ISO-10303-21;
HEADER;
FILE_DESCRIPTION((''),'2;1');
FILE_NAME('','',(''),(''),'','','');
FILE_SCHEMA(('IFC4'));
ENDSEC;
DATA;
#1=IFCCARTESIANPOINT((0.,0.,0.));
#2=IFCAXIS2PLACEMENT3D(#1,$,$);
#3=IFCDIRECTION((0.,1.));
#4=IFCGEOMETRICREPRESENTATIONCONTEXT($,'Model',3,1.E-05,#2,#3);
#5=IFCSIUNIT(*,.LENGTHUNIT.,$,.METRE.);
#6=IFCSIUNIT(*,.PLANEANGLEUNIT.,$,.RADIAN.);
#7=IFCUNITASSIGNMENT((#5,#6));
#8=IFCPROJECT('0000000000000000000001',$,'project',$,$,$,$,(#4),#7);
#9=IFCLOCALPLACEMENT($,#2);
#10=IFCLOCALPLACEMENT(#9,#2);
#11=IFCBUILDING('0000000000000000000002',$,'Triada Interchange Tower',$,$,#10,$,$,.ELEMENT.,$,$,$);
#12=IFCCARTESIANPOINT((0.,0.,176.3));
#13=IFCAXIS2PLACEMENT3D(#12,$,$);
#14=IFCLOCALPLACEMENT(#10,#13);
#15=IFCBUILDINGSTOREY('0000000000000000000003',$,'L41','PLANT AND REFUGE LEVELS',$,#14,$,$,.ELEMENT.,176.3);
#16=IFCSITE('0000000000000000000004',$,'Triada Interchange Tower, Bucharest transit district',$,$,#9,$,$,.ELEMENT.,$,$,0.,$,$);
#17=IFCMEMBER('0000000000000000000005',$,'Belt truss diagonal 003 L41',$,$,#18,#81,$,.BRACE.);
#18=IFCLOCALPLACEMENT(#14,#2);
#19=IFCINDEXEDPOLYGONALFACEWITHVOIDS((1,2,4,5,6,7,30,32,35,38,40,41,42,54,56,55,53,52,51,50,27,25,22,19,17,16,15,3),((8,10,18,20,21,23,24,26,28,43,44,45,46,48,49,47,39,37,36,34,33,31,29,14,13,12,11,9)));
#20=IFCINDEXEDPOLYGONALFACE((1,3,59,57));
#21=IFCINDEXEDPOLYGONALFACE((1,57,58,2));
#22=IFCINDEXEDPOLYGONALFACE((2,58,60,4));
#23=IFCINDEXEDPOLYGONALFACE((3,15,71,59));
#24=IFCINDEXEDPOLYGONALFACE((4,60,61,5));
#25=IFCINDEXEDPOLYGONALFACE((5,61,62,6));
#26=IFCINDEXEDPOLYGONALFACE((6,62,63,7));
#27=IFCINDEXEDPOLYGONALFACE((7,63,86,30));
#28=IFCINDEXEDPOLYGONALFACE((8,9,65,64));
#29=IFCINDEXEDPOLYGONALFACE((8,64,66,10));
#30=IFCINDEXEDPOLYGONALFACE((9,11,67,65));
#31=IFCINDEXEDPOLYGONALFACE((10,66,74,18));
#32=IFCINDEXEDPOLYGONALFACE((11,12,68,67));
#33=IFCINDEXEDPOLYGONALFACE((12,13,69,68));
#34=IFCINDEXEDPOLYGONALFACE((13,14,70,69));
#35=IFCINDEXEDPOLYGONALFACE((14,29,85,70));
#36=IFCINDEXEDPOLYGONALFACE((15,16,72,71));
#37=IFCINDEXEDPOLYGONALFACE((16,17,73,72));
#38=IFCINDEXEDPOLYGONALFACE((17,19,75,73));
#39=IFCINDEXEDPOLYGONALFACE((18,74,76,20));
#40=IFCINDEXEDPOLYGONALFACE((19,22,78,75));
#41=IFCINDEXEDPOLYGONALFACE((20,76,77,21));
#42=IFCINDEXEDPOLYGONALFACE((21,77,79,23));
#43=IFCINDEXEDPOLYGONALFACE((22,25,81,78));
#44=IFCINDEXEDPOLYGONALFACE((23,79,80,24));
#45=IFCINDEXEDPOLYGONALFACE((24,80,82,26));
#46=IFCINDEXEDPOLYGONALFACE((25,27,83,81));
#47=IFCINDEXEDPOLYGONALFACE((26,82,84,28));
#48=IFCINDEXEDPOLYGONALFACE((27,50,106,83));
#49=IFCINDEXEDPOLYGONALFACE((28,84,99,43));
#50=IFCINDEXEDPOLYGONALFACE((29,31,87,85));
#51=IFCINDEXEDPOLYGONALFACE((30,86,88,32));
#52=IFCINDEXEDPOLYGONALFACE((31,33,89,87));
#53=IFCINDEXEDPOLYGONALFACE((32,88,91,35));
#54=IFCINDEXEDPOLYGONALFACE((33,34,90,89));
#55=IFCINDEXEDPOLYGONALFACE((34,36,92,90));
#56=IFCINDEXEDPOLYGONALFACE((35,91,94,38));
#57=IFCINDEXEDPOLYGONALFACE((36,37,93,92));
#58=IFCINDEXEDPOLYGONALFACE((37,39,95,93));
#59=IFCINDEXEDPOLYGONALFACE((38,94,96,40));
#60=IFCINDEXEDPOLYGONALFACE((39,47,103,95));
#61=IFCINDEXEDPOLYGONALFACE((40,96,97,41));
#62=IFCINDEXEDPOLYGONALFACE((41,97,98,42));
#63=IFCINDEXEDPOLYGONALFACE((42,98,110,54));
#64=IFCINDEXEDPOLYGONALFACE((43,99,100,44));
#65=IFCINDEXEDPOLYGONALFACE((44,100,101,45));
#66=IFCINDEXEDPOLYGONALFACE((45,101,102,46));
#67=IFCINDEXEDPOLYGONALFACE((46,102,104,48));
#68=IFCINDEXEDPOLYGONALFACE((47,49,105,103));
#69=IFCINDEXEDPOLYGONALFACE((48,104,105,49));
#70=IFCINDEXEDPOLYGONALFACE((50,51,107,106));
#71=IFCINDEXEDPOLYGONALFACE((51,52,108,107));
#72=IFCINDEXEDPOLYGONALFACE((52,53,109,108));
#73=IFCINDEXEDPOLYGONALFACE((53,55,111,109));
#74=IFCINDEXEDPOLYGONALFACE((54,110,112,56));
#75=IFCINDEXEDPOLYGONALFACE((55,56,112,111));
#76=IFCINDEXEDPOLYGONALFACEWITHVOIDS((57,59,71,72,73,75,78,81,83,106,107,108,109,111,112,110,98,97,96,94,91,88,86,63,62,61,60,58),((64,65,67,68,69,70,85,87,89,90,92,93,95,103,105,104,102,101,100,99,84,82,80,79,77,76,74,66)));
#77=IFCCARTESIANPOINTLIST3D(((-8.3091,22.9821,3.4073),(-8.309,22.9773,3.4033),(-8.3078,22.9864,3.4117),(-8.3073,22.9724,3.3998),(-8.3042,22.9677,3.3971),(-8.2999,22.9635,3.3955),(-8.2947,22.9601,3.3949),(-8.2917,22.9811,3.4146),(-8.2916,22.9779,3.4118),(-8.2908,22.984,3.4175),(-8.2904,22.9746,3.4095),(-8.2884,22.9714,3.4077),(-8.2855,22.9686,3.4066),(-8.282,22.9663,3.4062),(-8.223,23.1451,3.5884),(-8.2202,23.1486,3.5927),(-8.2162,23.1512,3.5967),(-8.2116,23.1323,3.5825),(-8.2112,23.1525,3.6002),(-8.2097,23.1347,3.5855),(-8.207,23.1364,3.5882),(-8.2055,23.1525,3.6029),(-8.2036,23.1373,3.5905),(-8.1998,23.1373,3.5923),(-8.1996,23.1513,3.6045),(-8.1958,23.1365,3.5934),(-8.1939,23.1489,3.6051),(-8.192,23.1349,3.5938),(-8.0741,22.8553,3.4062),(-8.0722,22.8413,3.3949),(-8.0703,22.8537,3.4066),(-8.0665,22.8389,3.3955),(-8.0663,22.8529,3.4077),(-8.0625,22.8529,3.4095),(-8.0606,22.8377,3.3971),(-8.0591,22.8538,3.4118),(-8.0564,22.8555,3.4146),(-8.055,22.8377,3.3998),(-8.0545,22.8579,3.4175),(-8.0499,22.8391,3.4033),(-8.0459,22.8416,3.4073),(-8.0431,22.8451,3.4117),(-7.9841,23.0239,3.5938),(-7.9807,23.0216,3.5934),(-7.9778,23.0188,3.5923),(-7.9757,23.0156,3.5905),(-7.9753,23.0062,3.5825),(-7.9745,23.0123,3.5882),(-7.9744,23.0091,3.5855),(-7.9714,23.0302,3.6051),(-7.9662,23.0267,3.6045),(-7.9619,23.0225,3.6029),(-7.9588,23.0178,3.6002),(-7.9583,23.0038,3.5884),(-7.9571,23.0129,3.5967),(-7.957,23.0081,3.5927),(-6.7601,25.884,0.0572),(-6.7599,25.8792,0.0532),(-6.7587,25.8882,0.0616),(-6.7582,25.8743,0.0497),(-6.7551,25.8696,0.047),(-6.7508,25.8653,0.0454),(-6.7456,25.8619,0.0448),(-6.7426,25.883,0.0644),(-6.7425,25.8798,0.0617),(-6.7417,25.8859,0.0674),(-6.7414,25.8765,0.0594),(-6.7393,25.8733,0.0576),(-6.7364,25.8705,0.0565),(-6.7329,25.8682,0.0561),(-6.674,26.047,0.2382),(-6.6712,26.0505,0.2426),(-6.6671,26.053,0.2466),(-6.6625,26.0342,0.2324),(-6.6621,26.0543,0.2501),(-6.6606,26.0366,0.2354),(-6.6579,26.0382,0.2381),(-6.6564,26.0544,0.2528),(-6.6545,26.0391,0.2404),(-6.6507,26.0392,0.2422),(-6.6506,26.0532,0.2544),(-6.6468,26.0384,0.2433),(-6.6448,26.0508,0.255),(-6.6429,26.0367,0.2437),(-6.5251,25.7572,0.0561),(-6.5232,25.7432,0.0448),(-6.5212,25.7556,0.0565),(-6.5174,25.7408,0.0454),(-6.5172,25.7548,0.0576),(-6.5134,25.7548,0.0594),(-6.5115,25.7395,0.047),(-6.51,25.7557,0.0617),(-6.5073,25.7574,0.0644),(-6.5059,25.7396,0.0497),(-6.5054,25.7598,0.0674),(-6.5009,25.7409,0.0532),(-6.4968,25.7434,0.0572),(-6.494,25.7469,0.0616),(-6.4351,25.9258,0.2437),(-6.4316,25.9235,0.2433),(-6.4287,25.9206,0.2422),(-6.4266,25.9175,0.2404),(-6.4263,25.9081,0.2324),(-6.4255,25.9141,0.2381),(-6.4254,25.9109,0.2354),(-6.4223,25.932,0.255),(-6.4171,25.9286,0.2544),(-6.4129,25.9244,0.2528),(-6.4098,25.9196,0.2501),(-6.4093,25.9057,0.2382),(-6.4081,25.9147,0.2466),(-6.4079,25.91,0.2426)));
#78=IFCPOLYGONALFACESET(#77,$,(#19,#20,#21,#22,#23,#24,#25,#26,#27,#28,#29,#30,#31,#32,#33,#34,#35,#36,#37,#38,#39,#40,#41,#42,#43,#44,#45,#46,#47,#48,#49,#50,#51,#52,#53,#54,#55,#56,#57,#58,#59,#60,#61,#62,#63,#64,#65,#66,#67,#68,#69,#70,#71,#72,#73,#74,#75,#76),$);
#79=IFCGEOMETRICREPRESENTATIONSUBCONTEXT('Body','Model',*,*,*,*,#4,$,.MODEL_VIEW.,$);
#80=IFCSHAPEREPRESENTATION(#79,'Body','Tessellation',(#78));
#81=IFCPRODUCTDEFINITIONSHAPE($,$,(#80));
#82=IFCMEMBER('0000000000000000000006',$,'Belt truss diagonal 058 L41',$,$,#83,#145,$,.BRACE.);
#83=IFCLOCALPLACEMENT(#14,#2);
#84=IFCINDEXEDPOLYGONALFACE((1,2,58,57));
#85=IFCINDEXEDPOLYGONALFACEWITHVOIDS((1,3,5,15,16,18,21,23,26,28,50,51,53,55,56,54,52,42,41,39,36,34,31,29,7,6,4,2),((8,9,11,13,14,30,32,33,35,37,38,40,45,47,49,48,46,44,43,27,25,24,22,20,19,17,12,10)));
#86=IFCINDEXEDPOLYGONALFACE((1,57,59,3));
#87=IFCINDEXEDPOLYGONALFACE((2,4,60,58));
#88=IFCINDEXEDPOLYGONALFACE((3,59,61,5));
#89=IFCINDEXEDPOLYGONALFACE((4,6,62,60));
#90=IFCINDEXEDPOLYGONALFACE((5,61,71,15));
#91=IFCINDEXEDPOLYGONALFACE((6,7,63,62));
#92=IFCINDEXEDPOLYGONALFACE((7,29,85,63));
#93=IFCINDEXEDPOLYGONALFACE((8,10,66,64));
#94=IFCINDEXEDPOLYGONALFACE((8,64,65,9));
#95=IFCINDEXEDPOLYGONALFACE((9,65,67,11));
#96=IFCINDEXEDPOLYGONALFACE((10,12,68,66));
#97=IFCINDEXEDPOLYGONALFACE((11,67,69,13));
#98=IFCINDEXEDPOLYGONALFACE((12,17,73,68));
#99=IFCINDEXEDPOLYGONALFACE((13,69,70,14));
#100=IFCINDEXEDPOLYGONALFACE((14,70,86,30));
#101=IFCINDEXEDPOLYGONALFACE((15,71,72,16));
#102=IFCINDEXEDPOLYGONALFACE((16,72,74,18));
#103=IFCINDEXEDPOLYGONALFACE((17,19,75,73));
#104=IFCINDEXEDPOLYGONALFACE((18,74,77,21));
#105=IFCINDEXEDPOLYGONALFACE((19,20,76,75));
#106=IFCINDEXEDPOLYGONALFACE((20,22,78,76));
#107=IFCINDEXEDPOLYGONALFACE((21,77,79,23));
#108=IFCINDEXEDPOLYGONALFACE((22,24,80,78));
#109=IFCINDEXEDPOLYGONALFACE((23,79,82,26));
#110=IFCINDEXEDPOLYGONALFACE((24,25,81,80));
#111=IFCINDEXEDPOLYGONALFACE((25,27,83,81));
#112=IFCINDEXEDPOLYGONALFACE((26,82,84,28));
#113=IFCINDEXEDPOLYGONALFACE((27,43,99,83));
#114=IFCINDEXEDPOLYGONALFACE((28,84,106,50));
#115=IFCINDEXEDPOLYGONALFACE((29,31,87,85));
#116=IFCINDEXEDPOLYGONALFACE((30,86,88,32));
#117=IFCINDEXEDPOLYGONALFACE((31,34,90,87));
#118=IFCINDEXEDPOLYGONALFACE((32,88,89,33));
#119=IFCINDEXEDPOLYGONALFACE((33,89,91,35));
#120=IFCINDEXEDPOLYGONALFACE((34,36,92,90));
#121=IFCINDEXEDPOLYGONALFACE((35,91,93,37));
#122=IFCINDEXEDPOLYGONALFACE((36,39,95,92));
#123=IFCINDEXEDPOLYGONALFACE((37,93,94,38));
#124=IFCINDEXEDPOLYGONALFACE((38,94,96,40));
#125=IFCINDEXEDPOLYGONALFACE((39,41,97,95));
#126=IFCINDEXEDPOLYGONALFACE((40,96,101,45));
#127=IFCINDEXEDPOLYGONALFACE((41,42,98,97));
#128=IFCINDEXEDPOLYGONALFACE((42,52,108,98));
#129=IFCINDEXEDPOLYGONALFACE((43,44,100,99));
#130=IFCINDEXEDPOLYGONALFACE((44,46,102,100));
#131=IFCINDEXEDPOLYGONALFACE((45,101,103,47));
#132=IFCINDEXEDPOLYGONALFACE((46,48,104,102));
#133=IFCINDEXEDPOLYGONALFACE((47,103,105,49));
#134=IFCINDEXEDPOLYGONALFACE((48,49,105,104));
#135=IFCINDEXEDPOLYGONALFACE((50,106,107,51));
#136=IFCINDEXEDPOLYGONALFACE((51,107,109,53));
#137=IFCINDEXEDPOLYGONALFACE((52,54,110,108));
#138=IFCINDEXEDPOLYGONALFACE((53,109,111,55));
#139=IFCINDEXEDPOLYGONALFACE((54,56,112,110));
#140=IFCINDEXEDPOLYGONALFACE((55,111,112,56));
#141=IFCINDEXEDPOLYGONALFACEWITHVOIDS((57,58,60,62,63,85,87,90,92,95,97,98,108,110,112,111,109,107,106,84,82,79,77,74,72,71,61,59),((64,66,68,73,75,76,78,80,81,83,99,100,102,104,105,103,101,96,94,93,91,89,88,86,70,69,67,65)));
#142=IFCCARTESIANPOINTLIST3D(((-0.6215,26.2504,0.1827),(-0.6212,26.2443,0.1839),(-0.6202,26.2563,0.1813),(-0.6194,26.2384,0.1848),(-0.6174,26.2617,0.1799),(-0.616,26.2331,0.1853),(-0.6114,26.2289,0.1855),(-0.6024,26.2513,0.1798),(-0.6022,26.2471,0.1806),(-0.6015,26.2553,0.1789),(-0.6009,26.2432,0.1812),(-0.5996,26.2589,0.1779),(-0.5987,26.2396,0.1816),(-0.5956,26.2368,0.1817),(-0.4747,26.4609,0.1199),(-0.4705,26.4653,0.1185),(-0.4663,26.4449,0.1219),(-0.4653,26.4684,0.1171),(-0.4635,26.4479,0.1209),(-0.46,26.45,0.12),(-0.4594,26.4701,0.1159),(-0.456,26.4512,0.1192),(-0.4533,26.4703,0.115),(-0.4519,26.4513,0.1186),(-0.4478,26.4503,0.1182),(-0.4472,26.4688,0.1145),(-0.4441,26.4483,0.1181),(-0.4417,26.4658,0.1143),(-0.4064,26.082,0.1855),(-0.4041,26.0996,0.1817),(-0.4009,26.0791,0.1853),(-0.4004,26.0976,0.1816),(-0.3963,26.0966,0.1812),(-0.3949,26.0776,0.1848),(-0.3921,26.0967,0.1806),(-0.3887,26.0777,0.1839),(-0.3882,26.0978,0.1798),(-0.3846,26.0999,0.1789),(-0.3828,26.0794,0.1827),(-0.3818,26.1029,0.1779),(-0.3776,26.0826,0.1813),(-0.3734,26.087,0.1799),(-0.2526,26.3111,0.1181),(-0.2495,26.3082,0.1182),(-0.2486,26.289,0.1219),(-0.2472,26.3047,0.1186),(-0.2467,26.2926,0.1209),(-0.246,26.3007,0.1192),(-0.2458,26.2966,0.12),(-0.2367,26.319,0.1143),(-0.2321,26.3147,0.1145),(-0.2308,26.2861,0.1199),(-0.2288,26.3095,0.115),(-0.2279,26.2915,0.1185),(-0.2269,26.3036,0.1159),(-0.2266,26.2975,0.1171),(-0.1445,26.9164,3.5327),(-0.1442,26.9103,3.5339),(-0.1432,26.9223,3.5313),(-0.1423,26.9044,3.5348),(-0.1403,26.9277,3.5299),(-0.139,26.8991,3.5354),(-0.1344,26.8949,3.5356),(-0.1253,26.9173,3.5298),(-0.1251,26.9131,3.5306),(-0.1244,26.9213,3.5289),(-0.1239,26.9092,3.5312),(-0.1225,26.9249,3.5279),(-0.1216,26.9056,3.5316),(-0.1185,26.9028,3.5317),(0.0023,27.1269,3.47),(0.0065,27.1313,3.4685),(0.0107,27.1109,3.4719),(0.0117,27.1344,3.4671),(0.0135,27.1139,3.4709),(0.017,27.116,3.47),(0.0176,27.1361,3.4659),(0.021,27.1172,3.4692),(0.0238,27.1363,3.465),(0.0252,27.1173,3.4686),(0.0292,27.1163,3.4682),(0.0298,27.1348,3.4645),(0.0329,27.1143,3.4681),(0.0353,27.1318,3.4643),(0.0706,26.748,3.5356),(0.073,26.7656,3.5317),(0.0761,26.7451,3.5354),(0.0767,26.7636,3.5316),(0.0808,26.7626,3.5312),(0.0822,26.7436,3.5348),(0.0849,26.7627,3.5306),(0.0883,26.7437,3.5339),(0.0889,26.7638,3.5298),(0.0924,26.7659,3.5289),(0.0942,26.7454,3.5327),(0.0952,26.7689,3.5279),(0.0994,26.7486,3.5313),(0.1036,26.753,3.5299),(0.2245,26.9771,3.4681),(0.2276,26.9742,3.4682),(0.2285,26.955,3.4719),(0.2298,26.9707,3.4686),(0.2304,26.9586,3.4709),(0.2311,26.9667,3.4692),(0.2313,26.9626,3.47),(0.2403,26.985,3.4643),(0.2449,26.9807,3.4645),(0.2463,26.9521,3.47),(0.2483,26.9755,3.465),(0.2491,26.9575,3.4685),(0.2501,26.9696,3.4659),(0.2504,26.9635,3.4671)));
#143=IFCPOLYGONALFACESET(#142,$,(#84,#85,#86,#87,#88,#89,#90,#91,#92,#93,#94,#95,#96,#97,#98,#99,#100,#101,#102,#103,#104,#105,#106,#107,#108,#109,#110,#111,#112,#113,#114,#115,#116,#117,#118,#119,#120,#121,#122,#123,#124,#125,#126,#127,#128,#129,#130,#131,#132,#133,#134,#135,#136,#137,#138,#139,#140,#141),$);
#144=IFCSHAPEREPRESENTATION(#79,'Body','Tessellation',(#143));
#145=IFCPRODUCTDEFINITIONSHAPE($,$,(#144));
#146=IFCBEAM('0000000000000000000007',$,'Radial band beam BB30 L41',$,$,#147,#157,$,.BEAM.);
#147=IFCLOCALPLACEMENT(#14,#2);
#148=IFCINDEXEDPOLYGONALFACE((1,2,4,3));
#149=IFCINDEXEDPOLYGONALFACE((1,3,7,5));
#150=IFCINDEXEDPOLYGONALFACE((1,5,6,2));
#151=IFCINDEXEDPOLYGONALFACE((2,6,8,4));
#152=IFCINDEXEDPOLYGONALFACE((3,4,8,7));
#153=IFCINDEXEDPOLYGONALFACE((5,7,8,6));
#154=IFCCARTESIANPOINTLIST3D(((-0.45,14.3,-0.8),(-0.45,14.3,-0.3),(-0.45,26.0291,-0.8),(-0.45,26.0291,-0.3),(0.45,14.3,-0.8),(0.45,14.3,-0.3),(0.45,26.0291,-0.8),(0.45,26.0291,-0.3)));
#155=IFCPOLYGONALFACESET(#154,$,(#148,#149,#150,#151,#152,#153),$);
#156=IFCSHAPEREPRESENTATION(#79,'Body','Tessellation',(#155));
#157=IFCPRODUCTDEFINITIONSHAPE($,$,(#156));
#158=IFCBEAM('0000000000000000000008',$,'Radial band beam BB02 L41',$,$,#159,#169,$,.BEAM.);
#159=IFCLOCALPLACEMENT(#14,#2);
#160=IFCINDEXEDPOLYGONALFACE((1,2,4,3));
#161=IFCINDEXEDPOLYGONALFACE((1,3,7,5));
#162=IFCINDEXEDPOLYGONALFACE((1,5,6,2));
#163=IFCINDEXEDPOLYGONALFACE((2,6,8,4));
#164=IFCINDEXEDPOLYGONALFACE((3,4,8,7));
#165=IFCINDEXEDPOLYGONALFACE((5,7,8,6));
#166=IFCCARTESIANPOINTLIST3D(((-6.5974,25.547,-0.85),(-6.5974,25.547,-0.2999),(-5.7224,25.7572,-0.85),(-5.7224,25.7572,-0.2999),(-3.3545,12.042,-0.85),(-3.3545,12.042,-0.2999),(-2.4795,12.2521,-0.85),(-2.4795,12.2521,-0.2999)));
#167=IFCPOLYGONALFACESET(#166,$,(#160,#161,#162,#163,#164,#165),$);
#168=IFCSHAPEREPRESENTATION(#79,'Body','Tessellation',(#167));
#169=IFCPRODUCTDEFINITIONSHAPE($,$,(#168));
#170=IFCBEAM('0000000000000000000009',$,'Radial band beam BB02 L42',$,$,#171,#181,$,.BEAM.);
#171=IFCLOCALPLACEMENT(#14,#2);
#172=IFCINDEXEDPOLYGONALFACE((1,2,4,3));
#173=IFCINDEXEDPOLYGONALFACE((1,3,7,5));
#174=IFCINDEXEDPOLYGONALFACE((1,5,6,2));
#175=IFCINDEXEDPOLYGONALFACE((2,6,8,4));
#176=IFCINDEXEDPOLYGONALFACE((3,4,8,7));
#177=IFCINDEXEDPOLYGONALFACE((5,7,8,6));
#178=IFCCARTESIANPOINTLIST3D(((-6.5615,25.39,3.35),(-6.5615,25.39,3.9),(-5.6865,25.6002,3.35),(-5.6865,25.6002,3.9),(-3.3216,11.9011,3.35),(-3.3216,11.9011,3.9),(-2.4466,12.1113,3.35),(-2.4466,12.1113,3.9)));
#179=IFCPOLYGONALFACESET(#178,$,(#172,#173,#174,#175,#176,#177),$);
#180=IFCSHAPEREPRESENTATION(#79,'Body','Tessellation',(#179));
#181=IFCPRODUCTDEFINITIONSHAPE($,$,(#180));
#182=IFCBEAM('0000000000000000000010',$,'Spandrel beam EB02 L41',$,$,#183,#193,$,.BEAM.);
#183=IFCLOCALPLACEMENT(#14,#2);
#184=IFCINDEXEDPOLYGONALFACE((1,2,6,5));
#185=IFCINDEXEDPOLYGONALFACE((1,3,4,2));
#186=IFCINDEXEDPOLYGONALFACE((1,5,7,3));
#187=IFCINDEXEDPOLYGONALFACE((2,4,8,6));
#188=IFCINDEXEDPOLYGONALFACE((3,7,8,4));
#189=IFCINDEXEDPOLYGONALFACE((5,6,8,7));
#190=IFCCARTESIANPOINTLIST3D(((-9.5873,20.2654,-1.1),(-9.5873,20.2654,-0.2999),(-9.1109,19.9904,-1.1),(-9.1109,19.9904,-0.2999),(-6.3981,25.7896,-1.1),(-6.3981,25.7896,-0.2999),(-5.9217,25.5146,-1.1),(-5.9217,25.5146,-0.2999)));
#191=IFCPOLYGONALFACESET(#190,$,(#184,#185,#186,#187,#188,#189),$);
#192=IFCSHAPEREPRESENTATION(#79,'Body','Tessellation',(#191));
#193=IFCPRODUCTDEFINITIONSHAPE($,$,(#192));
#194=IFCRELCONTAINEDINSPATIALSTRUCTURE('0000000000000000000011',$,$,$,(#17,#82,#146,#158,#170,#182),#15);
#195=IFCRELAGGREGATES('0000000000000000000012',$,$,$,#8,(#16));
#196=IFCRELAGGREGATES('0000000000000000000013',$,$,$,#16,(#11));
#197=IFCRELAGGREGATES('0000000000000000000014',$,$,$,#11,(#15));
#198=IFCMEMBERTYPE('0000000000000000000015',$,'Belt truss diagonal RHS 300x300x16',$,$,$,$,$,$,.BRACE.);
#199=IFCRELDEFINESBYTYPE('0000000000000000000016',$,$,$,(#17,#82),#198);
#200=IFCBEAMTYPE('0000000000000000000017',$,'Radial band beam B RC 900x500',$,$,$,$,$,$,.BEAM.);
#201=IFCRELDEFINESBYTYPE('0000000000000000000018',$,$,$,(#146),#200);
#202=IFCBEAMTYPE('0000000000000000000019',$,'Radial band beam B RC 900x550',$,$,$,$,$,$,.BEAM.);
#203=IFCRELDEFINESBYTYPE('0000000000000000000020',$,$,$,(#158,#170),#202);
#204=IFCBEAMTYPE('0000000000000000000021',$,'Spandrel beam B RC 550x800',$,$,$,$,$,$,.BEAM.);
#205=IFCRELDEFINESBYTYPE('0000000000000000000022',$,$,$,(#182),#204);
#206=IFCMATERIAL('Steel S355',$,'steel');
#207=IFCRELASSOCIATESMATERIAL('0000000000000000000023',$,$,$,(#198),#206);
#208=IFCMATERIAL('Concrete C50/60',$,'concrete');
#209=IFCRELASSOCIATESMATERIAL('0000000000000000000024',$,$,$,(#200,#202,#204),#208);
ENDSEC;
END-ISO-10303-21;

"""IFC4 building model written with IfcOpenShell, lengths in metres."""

from ifc_helpers import new_model, si_unit, direction, frame, origin, origin_2d, place, context, subcontext, project, spatial, rectangle, hollow_rectangle, extrude, material, material_profile, profile_set, type_object, element, save


model = new_model("IFC4")

# Units and contexts
model_context = context("Model", 3, precision=1e-05, world=origin(), true_north=direction((0.0, 1.0)))
body_context = subcontext(model_context, "Body", "Model", "MODEL_VIEW")
ifc_project = project(units=[si_unit("LENGTHUNIT", "METRE"), si_unit("PLANEANGLEUNIT", "RADIAN")], contexts=[model_context])

# Site, building, storey
site_placement = place(None, origin())
site = spatial("IfcSite", under=ifc_project, at=site_placement, Name="Triada Interchange Tower, Bucharest transit district", CompositionType="ELEMENT", RefElevation=0.0)
building_placement = place(site_placement, origin())
building = spatial("IfcBuilding", under=site, at=building_placement, Name="Triada Interchange Tower", CompositionType="ELEMENT")
storey_placement = place(building_placement, frame((0.0, 0.0, 176.3)))
storey = spatial("IfcBuildingStorey", under=building, at=storey_placement, Name="L41", Description="PLANT AND REFUGE LEVELS", CompositionType="ELEMENT", Elevation=176.3)

# Members
ifc_material_1 = material(Name="Steel S355", Category="steel")
ifc_material_profile_1 = material_profile(ifc_material_1, hollow_rectangle(XDim=0.3, YDim=0.3, WallThickness=0.0161, InnerFilletRadius=0.0161, OuterFilletRadius=0.0239, at=origin_2d()), Name="RHS 300x300x16")
ifc_profile_set_1 = profile_set([ifc_material_profile_1], Name="Steel S355")
member_type = type_object("IfcMemberType", Name="Belt truss diagonal RHS 300x300x16", PredefinedType="BRACE", material=ifc_profile_set_1)
member_1_placement = place(storey_placement, frame((-6.584, 25.897, 0.1499), z_axis=(-0.329937, -0.618066, 0.713537), x_axis=(0.882174, -0.470923, 0.0)))
element("IfcMember", 1, at=member_1_placement, inside=storey, type_object=member_type, Name="Belt truss diagonal 003 L41", PredefinedType="BRACE", context=body_context, shape_type="SweptSolid", body=[
    extrude(hollow_rectangle(XDim=0.3, YDim=0.3, WallThickness=0.0161, InnerFilletRadius=0.0161, OuterFilletRadius=0.0239, at=origin_2d()), origin(), (0.0, 0.0, 1.0), 4.6951),
])
member_2_placement = place(storey_placement, frame((-0.4241, 26.2739, 0.1499), z_axis=(0.138323, 0.193114, 0.971377), x_axis=(-0.812968, 0.582309, 0.0)))
element("IfcMember", 2, at=member_2_placement, inside=storey, type_object=member_type, Name="Belt truss diagonal 058 L41", PredefinedType="BRACE", context=body_context, shape_type="SweptSolid", body=[
    extrude(hollow_rectangle(XDim=0.3, YDim=0.3, WallThickness=0.0161, InnerFilletRadius=0.0161, OuterFilletRadius=0.0239, at=origin_2d()), origin(), (0.0, 0.0, 1.0), 3.4487),
])

# Beams
ifc_material_2 = material(Name="Concrete C50/60", Category="concrete")
ifc_material_profile_2 = material_profile(ifc_material_2, rectangle(XDim=0.8999, YDim=0.5, at=origin_2d()), Name="RC 900x500")
ifc_profile_set_2 = profile_set([ifc_material_profile_2], Name="Concrete C50/60")
beam_type_1 = type_object("IfcBeamType", Name="Radial band beam B RC 900x500", PredefinedType="BEAM", material=ifc_profile_set_2)
beam_1_placement = place(storey_placement, frame((0.0, 26.0291, -0.55), z_axis=(0.0, -1.0, 0.0), x_axis=(1.0, 0.0, 0.0)))
element("IfcBeam", 3, at=beam_1_placement, inside=storey, type_object=beam_type_1, Name="Radial band beam BB30 L41", PredefinedType="BEAM", context=body_context, shape_type="SweptSolid", body=[
    extrude(rectangle(XDim=0.8999, YDim=0.5, at=origin_2d()), origin(), (0.0, 0.0, 1.0), 11.729),
])
ifc_material_profile_3 = material_profile(ifc_material_2, rectangle(XDim=0.8999, YDim=0.55, at=origin_2d()), Name="RC 900x550")
ifc_profile_set_3 = profile_set([ifc_material_profile_3], Name="Concrete C50/60")
beam_type_2 = type_object("IfcBeamType", Name="Radial band beam B RC 900x550", PredefinedType="BEAM", material=ifc_profile_set_3)
beam_2_placement = place(storey_placement, frame((-6.1599, 25.6521, -0.575), z_axis=(0.233488, -0.97236, 0.0), x_axis=(0.97236, 0.233488, 0.0)))
element("IfcBeam", 4, at=beam_2_placement, inside=storey, type_object=beam_type_2, Name="Radial band beam BB02 L41", PredefinedType="BEAM", context=body_context, shape_type="SweptSolid", body=[
    extrude(rectangle(XDim=0.8999, YDim=0.55, at=origin_2d()), origin(), (0.0, 0.0, 1.0), 13.8889),
])
beam_3_placement = place(storey_placement, frame((-6.124, 25.4951, 3.625), z_axis=(0.233552, -0.972344, 0.0), x_axis=(0.972344, 0.233552, 0.0)))
element("IfcBeam", 5, at=beam_3_placement, inside=storey, type_object=beam_type_2, Name="Radial band beam BB02 L42", PredefinedType="BEAM", context=body_context, shape_type="SweptSolid", body=[
    extrude(rectangle(XDim=0.8999, YDim=0.55, at=origin_2d()), origin(), (0.0, 0.0, 1.0), 13.8726),
])
ifc_material_profile_4 = material_profile(ifc_material_2, rectangle(XDim=0.55, YDim=0.8, at=origin_2d()), Name="RC 550x800")
ifc_profile_set_4 = profile_set([ifc_material_profile_4], Name="Concrete C50/60")
beam_type_3 = type_object("IfcBeamType", Name="Spandrel beam B RC 550x800", PredefinedType="BEAM", material=ifc_profile_set_4)
beam_4_placement = place(storey_placement, frame((-6.1599, 25.6521, -0.7), z_axis=(-0.49998, -0.866037, 0.0), x_axis=(0.866037, -0.49998, 0.0)))
element("IfcBeam", 6, at=beam_4_placement, inside=storey, type_object=beam_type_3, Name="Spandrel beam EB02 L41", PredefinedType="BEAM", context=body_context, shape_type="SweptSolid", body=[
    extrude(rectangle(XDim=0.55, YDim=0.8, at=origin_2d()), origin(), (0.0, 0.0, 1.0), 6.3787),
])

save(model, "model.ifc")
